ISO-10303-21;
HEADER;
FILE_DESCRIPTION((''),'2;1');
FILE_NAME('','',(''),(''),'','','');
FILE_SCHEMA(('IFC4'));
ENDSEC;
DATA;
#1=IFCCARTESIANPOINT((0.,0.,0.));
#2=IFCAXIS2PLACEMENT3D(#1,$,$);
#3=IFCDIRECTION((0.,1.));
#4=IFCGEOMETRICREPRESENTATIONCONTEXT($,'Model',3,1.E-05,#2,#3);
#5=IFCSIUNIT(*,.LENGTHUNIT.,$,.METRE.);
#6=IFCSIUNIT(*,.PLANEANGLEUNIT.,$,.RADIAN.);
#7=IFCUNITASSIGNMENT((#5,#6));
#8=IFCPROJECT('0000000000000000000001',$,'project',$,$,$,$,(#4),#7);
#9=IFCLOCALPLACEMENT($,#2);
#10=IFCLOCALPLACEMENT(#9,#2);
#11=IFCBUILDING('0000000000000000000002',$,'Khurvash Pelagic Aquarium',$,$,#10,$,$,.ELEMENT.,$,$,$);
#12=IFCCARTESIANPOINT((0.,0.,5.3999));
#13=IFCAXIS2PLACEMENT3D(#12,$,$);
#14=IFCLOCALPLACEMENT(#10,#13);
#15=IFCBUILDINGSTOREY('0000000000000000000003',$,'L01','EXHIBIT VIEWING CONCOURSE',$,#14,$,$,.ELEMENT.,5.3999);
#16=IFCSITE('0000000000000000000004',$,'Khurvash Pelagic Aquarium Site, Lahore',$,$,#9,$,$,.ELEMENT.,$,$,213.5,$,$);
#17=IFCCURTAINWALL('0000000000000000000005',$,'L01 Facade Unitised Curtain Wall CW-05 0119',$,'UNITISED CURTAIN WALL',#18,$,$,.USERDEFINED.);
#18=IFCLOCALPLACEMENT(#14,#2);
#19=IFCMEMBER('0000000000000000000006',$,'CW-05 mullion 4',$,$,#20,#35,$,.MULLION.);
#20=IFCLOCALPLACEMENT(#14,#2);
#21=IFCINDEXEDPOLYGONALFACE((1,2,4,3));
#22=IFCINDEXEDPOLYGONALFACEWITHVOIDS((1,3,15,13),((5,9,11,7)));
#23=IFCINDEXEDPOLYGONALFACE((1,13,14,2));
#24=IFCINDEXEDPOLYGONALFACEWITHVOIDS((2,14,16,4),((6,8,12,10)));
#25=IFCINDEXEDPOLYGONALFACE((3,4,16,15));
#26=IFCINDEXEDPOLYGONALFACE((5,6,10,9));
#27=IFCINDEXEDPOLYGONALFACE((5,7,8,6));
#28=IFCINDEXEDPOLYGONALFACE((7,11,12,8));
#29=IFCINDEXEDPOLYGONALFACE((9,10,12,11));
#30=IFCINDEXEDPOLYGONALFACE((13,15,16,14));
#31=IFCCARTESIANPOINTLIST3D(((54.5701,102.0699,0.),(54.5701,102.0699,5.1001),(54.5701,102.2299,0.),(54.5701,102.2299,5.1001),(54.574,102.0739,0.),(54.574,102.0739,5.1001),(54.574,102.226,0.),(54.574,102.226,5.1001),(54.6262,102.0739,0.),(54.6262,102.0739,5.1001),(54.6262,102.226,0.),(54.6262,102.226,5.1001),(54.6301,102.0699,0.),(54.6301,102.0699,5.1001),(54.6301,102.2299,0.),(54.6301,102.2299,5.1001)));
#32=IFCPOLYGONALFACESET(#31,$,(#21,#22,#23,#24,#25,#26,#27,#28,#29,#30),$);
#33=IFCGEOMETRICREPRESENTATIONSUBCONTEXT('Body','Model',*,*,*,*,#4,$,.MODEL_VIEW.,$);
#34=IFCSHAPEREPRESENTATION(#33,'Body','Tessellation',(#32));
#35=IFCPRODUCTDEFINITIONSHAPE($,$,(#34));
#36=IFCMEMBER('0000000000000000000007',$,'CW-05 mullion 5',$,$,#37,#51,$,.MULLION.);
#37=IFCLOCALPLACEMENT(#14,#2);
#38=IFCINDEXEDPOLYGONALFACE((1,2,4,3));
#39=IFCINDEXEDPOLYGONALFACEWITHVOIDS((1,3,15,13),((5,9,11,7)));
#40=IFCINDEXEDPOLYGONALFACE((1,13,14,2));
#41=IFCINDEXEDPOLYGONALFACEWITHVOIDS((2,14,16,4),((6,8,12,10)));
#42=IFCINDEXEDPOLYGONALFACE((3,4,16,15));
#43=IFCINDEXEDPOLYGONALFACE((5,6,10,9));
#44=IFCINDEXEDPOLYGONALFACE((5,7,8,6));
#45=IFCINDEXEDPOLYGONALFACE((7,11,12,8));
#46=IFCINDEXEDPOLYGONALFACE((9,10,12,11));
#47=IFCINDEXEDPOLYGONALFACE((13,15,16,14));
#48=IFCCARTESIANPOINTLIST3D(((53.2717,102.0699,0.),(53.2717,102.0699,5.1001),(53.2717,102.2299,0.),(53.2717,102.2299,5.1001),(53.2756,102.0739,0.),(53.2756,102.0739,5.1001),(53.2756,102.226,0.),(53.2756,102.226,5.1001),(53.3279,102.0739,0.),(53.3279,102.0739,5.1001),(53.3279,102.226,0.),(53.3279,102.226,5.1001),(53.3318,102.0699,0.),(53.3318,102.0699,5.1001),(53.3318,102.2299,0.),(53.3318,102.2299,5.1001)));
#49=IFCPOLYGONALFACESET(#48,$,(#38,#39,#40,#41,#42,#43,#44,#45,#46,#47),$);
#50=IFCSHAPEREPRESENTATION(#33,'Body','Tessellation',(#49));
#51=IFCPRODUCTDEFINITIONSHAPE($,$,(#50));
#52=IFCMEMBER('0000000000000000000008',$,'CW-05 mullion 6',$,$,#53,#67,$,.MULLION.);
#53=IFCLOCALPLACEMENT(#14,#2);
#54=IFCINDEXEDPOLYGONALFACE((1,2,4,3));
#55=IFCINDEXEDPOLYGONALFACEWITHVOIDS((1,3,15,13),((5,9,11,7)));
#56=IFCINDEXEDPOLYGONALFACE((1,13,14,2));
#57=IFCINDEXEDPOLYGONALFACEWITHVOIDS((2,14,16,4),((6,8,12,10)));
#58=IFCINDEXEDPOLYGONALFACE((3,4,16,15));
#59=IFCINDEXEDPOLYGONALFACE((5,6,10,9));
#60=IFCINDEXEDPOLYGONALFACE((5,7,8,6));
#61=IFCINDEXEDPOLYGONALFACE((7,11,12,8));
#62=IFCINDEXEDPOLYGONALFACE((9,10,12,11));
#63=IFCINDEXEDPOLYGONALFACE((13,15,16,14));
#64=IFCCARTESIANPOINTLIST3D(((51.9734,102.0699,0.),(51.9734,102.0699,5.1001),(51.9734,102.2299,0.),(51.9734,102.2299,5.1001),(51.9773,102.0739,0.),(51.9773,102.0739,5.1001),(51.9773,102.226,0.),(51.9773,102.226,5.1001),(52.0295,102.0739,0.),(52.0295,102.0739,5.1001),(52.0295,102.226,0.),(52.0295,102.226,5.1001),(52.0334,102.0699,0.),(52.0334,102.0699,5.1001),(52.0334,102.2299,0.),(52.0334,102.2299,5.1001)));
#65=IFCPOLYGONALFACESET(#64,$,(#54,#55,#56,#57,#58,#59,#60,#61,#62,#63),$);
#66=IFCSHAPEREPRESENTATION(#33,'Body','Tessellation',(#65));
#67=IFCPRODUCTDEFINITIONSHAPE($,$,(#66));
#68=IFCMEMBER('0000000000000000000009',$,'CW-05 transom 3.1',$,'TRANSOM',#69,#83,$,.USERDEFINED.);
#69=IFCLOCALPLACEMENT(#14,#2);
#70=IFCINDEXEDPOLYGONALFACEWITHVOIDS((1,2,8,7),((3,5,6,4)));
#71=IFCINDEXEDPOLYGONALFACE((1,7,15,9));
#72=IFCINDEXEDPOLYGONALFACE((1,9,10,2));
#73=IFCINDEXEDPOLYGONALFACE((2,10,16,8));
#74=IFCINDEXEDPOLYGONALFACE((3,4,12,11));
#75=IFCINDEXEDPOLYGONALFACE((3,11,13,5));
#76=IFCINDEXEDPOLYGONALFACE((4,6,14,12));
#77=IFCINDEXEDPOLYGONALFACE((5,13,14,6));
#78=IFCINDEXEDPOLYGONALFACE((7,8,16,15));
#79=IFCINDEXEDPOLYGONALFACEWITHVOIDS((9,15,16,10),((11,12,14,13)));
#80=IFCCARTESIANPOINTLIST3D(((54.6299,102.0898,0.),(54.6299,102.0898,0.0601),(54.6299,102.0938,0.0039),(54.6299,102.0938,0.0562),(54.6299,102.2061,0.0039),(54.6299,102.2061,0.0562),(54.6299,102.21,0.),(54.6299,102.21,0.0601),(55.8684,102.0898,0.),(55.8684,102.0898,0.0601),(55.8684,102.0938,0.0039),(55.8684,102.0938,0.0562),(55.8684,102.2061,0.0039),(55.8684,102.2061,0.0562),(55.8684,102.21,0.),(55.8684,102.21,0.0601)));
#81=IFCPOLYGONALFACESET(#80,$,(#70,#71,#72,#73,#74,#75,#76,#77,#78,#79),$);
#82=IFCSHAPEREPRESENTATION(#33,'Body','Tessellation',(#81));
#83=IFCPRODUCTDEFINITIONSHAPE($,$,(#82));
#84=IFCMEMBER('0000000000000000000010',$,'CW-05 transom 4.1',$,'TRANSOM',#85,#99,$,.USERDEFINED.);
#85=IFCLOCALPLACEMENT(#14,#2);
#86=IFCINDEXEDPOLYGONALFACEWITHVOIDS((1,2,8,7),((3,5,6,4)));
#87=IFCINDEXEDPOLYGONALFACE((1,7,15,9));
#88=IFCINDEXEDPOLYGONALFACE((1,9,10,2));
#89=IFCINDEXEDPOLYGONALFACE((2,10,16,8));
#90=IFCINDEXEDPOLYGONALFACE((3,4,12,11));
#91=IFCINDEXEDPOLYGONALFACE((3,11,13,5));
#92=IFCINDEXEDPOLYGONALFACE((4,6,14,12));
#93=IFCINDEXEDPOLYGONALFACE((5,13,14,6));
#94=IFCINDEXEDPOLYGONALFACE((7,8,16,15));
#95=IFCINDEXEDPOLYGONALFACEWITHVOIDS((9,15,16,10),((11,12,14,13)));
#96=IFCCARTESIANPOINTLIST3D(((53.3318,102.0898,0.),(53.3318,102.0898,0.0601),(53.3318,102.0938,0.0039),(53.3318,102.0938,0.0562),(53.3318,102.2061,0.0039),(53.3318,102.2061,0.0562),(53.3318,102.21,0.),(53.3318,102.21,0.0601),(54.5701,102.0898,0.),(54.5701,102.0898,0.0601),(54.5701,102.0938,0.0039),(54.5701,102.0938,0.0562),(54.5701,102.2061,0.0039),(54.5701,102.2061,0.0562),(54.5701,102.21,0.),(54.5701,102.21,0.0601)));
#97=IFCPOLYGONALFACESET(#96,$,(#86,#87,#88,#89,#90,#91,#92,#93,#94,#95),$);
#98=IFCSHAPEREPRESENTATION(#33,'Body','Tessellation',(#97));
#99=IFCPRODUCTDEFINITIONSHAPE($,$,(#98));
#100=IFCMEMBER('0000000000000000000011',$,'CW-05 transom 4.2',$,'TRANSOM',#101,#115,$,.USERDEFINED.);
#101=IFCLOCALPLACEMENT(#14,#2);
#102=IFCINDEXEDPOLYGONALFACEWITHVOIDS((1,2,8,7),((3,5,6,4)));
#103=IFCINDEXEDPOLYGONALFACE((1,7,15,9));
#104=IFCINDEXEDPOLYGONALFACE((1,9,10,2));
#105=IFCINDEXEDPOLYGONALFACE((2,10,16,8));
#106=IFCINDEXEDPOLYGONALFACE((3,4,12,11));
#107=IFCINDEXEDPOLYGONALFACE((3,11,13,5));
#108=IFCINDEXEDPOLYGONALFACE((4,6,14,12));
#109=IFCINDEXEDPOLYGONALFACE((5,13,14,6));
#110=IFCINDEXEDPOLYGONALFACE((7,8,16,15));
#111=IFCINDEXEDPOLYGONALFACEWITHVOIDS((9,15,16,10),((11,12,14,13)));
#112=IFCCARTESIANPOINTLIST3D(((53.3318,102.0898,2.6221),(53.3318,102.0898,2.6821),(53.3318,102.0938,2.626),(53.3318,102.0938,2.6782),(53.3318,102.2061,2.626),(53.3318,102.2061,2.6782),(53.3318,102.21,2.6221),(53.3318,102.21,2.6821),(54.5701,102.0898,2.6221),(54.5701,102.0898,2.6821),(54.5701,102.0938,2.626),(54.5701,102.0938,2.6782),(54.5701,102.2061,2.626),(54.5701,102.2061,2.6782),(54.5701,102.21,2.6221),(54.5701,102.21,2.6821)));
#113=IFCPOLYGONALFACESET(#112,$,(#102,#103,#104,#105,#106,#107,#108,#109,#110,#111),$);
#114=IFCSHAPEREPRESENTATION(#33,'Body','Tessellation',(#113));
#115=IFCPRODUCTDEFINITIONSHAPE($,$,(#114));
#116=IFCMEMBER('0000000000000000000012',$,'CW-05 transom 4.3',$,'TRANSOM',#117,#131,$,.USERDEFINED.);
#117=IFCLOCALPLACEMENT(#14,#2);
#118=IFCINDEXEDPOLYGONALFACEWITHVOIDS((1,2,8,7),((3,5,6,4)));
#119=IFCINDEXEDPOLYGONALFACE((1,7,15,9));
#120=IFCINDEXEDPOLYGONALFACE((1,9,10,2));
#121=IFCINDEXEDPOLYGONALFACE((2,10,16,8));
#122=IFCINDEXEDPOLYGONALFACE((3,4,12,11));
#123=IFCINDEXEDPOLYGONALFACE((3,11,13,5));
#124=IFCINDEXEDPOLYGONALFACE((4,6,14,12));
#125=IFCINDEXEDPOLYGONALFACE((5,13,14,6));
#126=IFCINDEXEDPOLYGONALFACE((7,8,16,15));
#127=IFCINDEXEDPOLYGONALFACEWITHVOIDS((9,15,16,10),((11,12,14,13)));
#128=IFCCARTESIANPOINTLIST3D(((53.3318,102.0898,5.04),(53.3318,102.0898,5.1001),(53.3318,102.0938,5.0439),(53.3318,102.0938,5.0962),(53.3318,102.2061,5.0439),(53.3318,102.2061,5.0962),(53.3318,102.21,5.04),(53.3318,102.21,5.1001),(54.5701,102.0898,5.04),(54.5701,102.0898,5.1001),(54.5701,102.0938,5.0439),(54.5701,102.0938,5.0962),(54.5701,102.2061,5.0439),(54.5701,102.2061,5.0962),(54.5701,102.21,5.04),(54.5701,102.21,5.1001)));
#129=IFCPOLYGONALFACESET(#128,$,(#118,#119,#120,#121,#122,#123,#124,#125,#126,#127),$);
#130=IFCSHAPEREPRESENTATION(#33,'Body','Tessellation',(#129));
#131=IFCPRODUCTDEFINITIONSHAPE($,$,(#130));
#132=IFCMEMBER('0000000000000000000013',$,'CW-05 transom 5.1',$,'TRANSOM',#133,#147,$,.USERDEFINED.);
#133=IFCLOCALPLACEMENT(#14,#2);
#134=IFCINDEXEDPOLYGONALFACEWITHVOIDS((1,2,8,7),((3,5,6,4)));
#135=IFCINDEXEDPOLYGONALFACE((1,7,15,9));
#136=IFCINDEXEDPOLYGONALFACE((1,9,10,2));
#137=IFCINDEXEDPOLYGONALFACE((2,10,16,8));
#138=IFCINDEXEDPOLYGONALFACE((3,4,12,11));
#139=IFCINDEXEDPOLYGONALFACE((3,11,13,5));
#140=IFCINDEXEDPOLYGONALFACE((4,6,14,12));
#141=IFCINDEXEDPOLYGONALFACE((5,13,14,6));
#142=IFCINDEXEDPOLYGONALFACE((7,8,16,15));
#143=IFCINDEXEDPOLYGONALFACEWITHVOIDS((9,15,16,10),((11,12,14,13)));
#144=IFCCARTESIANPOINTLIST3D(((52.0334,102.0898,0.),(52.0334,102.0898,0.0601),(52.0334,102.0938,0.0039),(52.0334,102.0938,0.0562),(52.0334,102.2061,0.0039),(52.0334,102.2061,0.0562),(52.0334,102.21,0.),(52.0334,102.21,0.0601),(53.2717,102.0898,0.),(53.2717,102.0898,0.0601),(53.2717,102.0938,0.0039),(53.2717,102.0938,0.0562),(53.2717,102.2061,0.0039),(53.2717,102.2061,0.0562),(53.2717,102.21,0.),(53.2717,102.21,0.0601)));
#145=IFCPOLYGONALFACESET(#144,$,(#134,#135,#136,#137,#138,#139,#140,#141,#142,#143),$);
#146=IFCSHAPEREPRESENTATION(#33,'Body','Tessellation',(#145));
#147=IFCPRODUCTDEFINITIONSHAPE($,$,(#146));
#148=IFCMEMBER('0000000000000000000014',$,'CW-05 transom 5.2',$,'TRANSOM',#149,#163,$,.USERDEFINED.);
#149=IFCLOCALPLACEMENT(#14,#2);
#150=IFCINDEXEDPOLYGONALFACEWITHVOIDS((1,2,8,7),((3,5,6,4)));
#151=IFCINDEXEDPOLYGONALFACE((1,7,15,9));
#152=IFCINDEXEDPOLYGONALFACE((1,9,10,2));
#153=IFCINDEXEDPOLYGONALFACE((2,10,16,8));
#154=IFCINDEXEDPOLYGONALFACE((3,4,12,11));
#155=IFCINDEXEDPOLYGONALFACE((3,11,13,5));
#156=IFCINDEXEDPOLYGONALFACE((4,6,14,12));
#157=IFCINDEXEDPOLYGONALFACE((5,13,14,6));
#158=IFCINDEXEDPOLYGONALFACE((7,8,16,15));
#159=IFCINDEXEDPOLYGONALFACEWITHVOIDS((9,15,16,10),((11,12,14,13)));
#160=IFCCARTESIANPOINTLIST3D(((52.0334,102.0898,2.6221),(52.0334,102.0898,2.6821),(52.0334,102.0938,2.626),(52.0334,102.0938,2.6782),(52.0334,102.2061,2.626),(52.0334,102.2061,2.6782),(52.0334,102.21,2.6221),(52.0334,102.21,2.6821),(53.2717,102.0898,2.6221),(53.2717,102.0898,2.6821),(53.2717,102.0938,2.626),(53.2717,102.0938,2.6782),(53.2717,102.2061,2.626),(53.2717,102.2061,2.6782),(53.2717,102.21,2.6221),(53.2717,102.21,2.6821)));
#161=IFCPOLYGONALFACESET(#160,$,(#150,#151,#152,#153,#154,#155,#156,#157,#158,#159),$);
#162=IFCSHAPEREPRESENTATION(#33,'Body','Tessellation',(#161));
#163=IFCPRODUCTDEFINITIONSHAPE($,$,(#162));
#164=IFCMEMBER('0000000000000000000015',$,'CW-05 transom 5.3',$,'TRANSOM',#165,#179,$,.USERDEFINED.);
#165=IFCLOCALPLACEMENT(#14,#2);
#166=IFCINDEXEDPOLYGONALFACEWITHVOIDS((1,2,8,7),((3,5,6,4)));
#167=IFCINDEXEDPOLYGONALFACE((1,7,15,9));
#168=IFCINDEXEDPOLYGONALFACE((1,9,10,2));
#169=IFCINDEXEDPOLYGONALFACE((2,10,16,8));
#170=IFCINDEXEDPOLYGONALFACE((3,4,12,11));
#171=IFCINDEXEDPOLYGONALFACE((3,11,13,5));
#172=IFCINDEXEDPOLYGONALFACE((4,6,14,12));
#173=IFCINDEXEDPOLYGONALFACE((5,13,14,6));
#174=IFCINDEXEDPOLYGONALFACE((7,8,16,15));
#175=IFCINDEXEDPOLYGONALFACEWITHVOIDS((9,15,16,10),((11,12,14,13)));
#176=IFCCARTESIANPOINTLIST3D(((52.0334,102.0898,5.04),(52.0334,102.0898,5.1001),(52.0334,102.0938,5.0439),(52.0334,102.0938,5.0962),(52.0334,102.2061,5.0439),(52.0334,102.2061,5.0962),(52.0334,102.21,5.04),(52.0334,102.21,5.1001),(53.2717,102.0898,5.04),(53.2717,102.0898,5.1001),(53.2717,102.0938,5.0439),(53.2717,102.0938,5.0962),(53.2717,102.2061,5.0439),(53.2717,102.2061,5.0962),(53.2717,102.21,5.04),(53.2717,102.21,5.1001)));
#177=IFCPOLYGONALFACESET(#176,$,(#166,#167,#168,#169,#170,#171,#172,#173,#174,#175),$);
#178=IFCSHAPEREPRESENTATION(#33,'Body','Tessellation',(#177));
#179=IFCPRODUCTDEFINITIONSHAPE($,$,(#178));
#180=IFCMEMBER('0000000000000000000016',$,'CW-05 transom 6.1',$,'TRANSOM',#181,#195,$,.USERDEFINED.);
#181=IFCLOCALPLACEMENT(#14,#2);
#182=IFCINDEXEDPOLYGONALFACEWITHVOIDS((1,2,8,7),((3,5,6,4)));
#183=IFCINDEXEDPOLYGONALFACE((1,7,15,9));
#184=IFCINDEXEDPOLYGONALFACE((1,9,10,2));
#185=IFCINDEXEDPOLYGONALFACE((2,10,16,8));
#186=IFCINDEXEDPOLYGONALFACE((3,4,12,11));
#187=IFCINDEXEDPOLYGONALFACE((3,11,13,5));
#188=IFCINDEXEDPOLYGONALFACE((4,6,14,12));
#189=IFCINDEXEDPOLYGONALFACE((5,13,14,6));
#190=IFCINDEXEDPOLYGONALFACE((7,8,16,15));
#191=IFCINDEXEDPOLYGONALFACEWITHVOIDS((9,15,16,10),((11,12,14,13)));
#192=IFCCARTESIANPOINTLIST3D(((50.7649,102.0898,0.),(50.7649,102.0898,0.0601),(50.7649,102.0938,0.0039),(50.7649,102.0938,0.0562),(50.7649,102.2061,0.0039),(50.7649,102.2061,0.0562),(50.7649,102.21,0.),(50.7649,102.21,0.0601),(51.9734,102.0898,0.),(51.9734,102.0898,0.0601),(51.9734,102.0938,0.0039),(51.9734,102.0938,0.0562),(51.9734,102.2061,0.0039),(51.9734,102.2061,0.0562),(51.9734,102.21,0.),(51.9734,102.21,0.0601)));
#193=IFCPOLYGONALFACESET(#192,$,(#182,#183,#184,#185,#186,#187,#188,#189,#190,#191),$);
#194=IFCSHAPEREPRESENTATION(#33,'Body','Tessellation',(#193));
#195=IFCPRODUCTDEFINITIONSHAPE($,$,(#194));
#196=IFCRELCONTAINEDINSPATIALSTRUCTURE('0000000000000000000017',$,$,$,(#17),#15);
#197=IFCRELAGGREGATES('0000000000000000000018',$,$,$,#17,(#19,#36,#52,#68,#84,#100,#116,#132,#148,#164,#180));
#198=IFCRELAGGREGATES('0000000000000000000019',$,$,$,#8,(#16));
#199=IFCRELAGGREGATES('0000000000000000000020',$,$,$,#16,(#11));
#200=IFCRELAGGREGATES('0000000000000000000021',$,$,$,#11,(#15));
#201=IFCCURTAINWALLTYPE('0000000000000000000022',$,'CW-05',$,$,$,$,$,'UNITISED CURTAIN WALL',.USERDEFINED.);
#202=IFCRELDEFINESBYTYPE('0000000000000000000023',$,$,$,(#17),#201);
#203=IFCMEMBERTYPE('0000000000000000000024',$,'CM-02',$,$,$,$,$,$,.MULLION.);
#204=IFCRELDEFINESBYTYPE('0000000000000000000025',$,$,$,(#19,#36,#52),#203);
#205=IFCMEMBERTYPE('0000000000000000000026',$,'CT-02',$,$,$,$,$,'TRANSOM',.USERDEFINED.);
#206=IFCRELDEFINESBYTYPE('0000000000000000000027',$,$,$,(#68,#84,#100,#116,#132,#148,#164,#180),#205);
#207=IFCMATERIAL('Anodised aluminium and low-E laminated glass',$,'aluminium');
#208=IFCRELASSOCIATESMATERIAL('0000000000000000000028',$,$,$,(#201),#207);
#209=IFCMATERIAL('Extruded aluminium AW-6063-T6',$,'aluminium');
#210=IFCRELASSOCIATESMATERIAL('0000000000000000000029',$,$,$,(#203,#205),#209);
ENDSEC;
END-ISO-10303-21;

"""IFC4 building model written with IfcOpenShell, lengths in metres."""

from ifc_helpers import new_model, si_unit, direction, frame, origin, origin_2d, place, context, subcontext, project, spatial, hollow_rectangle, extrude, material, material_profile, profile_set, type_object, element, aggregate, save


model = new_model("IFC4")

# Units and contexts
model_context = context("Model", 3, precision=1e-05, world=origin(), true_north=direction((0.0, 1.0)))
body_context = subcontext(model_context, "Body", "Model", "MODEL_VIEW")
ifc_project = project(units=[si_unit("LENGTHUNIT", "METRE"), si_unit("PLANEANGLEUNIT", "RADIAN")], contexts=[model_context])

# Site, building, storey
site_placement = place(None, origin())
site = spatial("IfcSite", under=ifc_project, at=site_placement, Name="Khurvash Pelagic Aquarium Site, Lahore", CompositionType="ELEMENT", RefElevation=213.5)
building_placement = place(site_placement, origin())
building = spatial("IfcBuilding", under=site, at=building_placement, Name="Khurvash Pelagic Aquarium", CompositionType="ELEMENT")
storey_placement = place(building_placement, frame((0.0, 0.0, 5.3999)))
storey = spatial("IfcBuildingStorey", under=building, at=storey_placement, Name="L01", Description="EXHIBIT VIEWING CONCOURSE", CompositionType="ELEMENT", Elevation=5.3999)

# Curtain wall, members
ifc_material_1 = material(Name="Anodised aluminium and low-E laminated glass", Category="aluminium")
curtain_wall_type = type_object("IfcCurtainWallType", Name="CW-05", ElementType="UNITISED CURTAIN WALL", PredefinedType="USERDEFINED", material=ifc_material_1)
curtain_wall_placement = place(storey_placement, origin())
curtain_wall = element("IfcCurtainWall", 1, at=curtain_wall_placement, inside=storey, type_object=curtain_wall_type, Name="L01 Facade Unitised Curtain Wall CW-05 0119", ObjectType="UNITISED CURTAIN WALL", PredefinedType="USERDEFINED")
ifc_material_2 = material(Name="Extruded aluminium AW-6063-T6", Category="aluminium")
ifc_material_profile_1 = material_profile(ifc_material_2, hollow_rectangle(XDim=0.0601, YDim=0.1599, WallThickness=0.0039, at=origin_2d()), Name="CWM60X160X4")
ifc_profile_set_1 = profile_set([ifc_material_profile_1], Name="Extruded aluminium AW-6063-T6")
member_type_1 = type_object("IfcMemberType", Name="CM-02", PredefinedType="MULLION", material=ifc_profile_set_1)
member_1_placement = place(storey_placement, frame((54.6001, 102.1499, 0.0), z_axis=(0.0, 0.0, 1.0), x_axis=(-1.0, 0.0, 0.0)))
member_1 = element("IfcMember", 2, at=member_1_placement, type_object=member_type_1, Name="CW-05 mullion 4", PredefinedType="MULLION", context=body_context, shape_type="SweptSolid", body=[
    extrude(hollow_rectangle(XDim=0.0601, YDim=0.1599, WallThickness=0.0039, at=origin_2d()), origin(), (0.0, 0.0, 1.0), 5.1001),
])
member_2_placement = place(storey_placement, frame((53.3018, 102.1499, 0.0), z_axis=(0.0, 0.0, 1.0), x_axis=(-1.0, 0.0, 0.0)))
member_2 = element("IfcMember", 3, at=member_2_placement, type_object=member_type_1, Name="CW-05 mullion 5", PredefinedType="MULLION", context=body_context, shape_type="SweptSolid", body=[
    extrude(hollow_rectangle(XDim=0.0601, YDim=0.1599, WallThickness=0.0039, at=origin_2d()), origin(), (0.0, 0.0, 1.0), 5.1001),
])
member_3_placement = place(storey_placement, frame((52.0034, 102.1499, 0.0), z_axis=(0.0, 0.0, 1.0), x_axis=(-1.0, 0.0, 0.0)))
member_3 = element("IfcMember", 4, at=member_3_placement, type_object=member_type_1, Name="CW-05 mullion 6", PredefinedType="MULLION", context=body_context, shape_type="SweptSolid", body=[
    extrude(hollow_rectangle(XDim=0.0601, YDim=0.1599, WallThickness=0.0039, at=origin_2d()), origin(), (0.0, 0.0, 1.0), 5.1001),
])
ifc_material_profile_2 = material_profile(ifc_material_2, hollow_rectangle(XDim=0.1201, YDim=0.0601, WallThickness=0.0039, at=origin_2d()), Name="CWT120X60X4")
ifc_profile_set_2 = profile_set([ifc_material_profile_2], Name="Extruded aluminium AW-6063-T6")
member_type_2 = type_object("IfcMemberType", Name="CT-02", ElementType="TRANSOM", PredefinedType="USERDEFINED", material=ifc_profile_set_2)
member_4_placement = place(storey_placement, frame((55.8684, 102.1499, 0.03), z_axis=(-1.0, 0.0, 0.0), x_axis=(0.0, -1.0, 0.0)))
member_4 = element("IfcMember", 5, at=member_4_placement, type_object=member_type_2, Name="CW-05 transom 3.1", ObjectType="TRANSOM", PredefinedType="USERDEFINED", context=body_context, shape_type="SweptSolid", body=[
    extrude(hollow_rectangle(XDim=0.1201, YDim=0.0601, WallThickness=0.0039, at=origin_2d()), origin(), (0.0, 0.0, 1.0), 1.2385),
])
member_5_placement = place(storey_placement, frame((54.5701, 102.1499, 0.03), z_axis=(-1.0, 0.0, 0.0), x_axis=(0.0, -1.0, 0.0)))
member_5 = element("IfcMember", 6, at=member_5_placement, type_object=member_type_2, Name="CW-05 transom 4.1", ObjectType="TRANSOM", PredefinedType="USERDEFINED", context=body_context, shape_type="SweptSolid", body=[
    extrude(hollow_rectangle(XDim=0.1201, YDim=0.0601, WallThickness=0.0039, at=origin_2d()), origin(), (0.0, 0.0, 1.0), 1.2383),
])
member_6_placement = place(storey_placement, frame((54.5701, 102.1499, 2.6521), z_axis=(-1.0, 0.0, 0.0), x_axis=(0.0, -1.0, 0.0)))
member_6 = element("IfcMember", 7, at=member_6_placement, type_object=member_type_2, Name="CW-05 transom 4.2", ObjectType="TRANSOM", PredefinedType="USERDEFINED", context=body_context, shape_type="SweptSolid", body=[
    extrude(hollow_rectangle(XDim=0.1201, YDim=0.0601, WallThickness=0.0039, at=origin_2d()), origin(), (0.0, 0.0, 1.0), 1.2383),
])
member_7_placement = place(storey_placement, frame((54.5701, 102.1499, 5.0701), z_axis=(-1.0, 0.0, 0.0), x_axis=(0.0, -1.0, 0.0)))
member_7 = element("IfcMember", 8, at=member_7_placement, type_object=member_type_2, Name="CW-05 transom 4.3", ObjectType="TRANSOM", PredefinedType="USERDEFINED", context=body_context, shape_type="SweptSolid", body=[
    extrude(hollow_rectangle(XDim=0.1201, YDim=0.0601, WallThickness=0.0039, at=origin_2d()), origin(), (0.0, 0.0, 1.0), 1.2383),
])
member_8_placement = place(storey_placement, frame((53.2717, 102.1499, 0.03), z_axis=(-1.0, 0.0, 0.0), x_axis=(0.0, -1.0, 0.0)))
member_8 = element("IfcMember", 9, at=member_8_placement, type_object=member_type_2, Name="CW-05 transom 5.1", ObjectType="TRANSOM", PredefinedType="USERDEFINED", context=body_context, shape_type="SweptSolid", body=[
    extrude(hollow_rectangle(XDim=0.1201, YDim=0.0601, WallThickness=0.0039, at=origin_2d()), origin(), (0.0, 0.0, 1.0), 1.2383),
])
member_9_placement = place(storey_placement, frame((53.2717, 102.1499, 2.6521), z_axis=(-1.0, 0.0, 0.0), x_axis=(0.0, -1.0, 0.0)))
member_9 = element("IfcMember", 10, at=member_9_placement, type_object=member_type_2, Name="CW-05 transom 5.2", ObjectType="TRANSOM", PredefinedType="USERDEFINED", context=body_context, shape_type="SweptSolid", body=[
    extrude(hollow_rectangle(XDim=0.1201, YDim=0.0601, WallThickness=0.0039, at=origin_2d()), origin(), (0.0, 0.0, 1.0), 1.2383),
])
member_10_placement = place(storey_placement, frame((53.2717, 102.1499, 5.0701), z_axis=(-1.0, 0.0, 0.0), x_axis=(0.0, -1.0, 0.0)))
member_10 = element("IfcMember", 11, at=member_10_placement, type_object=member_type_2, Name="CW-05 transom 5.3", ObjectType="TRANSOM", PredefinedType="USERDEFINED", context=body_context, shape_type="SweptSolid", body=[
    extrude(hollow_rectangle(XDim=0.1201, YDim=0.0601, WallThickness=0.0039, at=origin_2d()), origin(), (0.0, 0.0, 1.0), 1.2383),
])
member_11_placement = place(storey_placement, frame((51.9734, 102.1499, 0.03), z_axis=(-1.0, 0.0, 0.0), x_axis=(0.0, -1.0, 0.0)))
member_11 = element("IfcMember", 12, at=member_11_placement, type_object=member_type_2, Name="CW-05 transom 6.1", ObjectType="TRANSOM", PredefinedType="USERDEFINED", context=body_context, shape_type="SweptSolid", body=[
    extrude(hollow_rectangle(XDim=0.1201, YDim=0.0601, WallThickness=0.0039, at=origin_2d()), origin(), (0.0, 0.0, 1.0), 1.2085),
])
aggregate(curtain_wall, [member_1, member_2, member_3, member_4, member_5, member_6, member_7, member_8, member_9, member_10, member_11])

save(model, "model.ifc")
